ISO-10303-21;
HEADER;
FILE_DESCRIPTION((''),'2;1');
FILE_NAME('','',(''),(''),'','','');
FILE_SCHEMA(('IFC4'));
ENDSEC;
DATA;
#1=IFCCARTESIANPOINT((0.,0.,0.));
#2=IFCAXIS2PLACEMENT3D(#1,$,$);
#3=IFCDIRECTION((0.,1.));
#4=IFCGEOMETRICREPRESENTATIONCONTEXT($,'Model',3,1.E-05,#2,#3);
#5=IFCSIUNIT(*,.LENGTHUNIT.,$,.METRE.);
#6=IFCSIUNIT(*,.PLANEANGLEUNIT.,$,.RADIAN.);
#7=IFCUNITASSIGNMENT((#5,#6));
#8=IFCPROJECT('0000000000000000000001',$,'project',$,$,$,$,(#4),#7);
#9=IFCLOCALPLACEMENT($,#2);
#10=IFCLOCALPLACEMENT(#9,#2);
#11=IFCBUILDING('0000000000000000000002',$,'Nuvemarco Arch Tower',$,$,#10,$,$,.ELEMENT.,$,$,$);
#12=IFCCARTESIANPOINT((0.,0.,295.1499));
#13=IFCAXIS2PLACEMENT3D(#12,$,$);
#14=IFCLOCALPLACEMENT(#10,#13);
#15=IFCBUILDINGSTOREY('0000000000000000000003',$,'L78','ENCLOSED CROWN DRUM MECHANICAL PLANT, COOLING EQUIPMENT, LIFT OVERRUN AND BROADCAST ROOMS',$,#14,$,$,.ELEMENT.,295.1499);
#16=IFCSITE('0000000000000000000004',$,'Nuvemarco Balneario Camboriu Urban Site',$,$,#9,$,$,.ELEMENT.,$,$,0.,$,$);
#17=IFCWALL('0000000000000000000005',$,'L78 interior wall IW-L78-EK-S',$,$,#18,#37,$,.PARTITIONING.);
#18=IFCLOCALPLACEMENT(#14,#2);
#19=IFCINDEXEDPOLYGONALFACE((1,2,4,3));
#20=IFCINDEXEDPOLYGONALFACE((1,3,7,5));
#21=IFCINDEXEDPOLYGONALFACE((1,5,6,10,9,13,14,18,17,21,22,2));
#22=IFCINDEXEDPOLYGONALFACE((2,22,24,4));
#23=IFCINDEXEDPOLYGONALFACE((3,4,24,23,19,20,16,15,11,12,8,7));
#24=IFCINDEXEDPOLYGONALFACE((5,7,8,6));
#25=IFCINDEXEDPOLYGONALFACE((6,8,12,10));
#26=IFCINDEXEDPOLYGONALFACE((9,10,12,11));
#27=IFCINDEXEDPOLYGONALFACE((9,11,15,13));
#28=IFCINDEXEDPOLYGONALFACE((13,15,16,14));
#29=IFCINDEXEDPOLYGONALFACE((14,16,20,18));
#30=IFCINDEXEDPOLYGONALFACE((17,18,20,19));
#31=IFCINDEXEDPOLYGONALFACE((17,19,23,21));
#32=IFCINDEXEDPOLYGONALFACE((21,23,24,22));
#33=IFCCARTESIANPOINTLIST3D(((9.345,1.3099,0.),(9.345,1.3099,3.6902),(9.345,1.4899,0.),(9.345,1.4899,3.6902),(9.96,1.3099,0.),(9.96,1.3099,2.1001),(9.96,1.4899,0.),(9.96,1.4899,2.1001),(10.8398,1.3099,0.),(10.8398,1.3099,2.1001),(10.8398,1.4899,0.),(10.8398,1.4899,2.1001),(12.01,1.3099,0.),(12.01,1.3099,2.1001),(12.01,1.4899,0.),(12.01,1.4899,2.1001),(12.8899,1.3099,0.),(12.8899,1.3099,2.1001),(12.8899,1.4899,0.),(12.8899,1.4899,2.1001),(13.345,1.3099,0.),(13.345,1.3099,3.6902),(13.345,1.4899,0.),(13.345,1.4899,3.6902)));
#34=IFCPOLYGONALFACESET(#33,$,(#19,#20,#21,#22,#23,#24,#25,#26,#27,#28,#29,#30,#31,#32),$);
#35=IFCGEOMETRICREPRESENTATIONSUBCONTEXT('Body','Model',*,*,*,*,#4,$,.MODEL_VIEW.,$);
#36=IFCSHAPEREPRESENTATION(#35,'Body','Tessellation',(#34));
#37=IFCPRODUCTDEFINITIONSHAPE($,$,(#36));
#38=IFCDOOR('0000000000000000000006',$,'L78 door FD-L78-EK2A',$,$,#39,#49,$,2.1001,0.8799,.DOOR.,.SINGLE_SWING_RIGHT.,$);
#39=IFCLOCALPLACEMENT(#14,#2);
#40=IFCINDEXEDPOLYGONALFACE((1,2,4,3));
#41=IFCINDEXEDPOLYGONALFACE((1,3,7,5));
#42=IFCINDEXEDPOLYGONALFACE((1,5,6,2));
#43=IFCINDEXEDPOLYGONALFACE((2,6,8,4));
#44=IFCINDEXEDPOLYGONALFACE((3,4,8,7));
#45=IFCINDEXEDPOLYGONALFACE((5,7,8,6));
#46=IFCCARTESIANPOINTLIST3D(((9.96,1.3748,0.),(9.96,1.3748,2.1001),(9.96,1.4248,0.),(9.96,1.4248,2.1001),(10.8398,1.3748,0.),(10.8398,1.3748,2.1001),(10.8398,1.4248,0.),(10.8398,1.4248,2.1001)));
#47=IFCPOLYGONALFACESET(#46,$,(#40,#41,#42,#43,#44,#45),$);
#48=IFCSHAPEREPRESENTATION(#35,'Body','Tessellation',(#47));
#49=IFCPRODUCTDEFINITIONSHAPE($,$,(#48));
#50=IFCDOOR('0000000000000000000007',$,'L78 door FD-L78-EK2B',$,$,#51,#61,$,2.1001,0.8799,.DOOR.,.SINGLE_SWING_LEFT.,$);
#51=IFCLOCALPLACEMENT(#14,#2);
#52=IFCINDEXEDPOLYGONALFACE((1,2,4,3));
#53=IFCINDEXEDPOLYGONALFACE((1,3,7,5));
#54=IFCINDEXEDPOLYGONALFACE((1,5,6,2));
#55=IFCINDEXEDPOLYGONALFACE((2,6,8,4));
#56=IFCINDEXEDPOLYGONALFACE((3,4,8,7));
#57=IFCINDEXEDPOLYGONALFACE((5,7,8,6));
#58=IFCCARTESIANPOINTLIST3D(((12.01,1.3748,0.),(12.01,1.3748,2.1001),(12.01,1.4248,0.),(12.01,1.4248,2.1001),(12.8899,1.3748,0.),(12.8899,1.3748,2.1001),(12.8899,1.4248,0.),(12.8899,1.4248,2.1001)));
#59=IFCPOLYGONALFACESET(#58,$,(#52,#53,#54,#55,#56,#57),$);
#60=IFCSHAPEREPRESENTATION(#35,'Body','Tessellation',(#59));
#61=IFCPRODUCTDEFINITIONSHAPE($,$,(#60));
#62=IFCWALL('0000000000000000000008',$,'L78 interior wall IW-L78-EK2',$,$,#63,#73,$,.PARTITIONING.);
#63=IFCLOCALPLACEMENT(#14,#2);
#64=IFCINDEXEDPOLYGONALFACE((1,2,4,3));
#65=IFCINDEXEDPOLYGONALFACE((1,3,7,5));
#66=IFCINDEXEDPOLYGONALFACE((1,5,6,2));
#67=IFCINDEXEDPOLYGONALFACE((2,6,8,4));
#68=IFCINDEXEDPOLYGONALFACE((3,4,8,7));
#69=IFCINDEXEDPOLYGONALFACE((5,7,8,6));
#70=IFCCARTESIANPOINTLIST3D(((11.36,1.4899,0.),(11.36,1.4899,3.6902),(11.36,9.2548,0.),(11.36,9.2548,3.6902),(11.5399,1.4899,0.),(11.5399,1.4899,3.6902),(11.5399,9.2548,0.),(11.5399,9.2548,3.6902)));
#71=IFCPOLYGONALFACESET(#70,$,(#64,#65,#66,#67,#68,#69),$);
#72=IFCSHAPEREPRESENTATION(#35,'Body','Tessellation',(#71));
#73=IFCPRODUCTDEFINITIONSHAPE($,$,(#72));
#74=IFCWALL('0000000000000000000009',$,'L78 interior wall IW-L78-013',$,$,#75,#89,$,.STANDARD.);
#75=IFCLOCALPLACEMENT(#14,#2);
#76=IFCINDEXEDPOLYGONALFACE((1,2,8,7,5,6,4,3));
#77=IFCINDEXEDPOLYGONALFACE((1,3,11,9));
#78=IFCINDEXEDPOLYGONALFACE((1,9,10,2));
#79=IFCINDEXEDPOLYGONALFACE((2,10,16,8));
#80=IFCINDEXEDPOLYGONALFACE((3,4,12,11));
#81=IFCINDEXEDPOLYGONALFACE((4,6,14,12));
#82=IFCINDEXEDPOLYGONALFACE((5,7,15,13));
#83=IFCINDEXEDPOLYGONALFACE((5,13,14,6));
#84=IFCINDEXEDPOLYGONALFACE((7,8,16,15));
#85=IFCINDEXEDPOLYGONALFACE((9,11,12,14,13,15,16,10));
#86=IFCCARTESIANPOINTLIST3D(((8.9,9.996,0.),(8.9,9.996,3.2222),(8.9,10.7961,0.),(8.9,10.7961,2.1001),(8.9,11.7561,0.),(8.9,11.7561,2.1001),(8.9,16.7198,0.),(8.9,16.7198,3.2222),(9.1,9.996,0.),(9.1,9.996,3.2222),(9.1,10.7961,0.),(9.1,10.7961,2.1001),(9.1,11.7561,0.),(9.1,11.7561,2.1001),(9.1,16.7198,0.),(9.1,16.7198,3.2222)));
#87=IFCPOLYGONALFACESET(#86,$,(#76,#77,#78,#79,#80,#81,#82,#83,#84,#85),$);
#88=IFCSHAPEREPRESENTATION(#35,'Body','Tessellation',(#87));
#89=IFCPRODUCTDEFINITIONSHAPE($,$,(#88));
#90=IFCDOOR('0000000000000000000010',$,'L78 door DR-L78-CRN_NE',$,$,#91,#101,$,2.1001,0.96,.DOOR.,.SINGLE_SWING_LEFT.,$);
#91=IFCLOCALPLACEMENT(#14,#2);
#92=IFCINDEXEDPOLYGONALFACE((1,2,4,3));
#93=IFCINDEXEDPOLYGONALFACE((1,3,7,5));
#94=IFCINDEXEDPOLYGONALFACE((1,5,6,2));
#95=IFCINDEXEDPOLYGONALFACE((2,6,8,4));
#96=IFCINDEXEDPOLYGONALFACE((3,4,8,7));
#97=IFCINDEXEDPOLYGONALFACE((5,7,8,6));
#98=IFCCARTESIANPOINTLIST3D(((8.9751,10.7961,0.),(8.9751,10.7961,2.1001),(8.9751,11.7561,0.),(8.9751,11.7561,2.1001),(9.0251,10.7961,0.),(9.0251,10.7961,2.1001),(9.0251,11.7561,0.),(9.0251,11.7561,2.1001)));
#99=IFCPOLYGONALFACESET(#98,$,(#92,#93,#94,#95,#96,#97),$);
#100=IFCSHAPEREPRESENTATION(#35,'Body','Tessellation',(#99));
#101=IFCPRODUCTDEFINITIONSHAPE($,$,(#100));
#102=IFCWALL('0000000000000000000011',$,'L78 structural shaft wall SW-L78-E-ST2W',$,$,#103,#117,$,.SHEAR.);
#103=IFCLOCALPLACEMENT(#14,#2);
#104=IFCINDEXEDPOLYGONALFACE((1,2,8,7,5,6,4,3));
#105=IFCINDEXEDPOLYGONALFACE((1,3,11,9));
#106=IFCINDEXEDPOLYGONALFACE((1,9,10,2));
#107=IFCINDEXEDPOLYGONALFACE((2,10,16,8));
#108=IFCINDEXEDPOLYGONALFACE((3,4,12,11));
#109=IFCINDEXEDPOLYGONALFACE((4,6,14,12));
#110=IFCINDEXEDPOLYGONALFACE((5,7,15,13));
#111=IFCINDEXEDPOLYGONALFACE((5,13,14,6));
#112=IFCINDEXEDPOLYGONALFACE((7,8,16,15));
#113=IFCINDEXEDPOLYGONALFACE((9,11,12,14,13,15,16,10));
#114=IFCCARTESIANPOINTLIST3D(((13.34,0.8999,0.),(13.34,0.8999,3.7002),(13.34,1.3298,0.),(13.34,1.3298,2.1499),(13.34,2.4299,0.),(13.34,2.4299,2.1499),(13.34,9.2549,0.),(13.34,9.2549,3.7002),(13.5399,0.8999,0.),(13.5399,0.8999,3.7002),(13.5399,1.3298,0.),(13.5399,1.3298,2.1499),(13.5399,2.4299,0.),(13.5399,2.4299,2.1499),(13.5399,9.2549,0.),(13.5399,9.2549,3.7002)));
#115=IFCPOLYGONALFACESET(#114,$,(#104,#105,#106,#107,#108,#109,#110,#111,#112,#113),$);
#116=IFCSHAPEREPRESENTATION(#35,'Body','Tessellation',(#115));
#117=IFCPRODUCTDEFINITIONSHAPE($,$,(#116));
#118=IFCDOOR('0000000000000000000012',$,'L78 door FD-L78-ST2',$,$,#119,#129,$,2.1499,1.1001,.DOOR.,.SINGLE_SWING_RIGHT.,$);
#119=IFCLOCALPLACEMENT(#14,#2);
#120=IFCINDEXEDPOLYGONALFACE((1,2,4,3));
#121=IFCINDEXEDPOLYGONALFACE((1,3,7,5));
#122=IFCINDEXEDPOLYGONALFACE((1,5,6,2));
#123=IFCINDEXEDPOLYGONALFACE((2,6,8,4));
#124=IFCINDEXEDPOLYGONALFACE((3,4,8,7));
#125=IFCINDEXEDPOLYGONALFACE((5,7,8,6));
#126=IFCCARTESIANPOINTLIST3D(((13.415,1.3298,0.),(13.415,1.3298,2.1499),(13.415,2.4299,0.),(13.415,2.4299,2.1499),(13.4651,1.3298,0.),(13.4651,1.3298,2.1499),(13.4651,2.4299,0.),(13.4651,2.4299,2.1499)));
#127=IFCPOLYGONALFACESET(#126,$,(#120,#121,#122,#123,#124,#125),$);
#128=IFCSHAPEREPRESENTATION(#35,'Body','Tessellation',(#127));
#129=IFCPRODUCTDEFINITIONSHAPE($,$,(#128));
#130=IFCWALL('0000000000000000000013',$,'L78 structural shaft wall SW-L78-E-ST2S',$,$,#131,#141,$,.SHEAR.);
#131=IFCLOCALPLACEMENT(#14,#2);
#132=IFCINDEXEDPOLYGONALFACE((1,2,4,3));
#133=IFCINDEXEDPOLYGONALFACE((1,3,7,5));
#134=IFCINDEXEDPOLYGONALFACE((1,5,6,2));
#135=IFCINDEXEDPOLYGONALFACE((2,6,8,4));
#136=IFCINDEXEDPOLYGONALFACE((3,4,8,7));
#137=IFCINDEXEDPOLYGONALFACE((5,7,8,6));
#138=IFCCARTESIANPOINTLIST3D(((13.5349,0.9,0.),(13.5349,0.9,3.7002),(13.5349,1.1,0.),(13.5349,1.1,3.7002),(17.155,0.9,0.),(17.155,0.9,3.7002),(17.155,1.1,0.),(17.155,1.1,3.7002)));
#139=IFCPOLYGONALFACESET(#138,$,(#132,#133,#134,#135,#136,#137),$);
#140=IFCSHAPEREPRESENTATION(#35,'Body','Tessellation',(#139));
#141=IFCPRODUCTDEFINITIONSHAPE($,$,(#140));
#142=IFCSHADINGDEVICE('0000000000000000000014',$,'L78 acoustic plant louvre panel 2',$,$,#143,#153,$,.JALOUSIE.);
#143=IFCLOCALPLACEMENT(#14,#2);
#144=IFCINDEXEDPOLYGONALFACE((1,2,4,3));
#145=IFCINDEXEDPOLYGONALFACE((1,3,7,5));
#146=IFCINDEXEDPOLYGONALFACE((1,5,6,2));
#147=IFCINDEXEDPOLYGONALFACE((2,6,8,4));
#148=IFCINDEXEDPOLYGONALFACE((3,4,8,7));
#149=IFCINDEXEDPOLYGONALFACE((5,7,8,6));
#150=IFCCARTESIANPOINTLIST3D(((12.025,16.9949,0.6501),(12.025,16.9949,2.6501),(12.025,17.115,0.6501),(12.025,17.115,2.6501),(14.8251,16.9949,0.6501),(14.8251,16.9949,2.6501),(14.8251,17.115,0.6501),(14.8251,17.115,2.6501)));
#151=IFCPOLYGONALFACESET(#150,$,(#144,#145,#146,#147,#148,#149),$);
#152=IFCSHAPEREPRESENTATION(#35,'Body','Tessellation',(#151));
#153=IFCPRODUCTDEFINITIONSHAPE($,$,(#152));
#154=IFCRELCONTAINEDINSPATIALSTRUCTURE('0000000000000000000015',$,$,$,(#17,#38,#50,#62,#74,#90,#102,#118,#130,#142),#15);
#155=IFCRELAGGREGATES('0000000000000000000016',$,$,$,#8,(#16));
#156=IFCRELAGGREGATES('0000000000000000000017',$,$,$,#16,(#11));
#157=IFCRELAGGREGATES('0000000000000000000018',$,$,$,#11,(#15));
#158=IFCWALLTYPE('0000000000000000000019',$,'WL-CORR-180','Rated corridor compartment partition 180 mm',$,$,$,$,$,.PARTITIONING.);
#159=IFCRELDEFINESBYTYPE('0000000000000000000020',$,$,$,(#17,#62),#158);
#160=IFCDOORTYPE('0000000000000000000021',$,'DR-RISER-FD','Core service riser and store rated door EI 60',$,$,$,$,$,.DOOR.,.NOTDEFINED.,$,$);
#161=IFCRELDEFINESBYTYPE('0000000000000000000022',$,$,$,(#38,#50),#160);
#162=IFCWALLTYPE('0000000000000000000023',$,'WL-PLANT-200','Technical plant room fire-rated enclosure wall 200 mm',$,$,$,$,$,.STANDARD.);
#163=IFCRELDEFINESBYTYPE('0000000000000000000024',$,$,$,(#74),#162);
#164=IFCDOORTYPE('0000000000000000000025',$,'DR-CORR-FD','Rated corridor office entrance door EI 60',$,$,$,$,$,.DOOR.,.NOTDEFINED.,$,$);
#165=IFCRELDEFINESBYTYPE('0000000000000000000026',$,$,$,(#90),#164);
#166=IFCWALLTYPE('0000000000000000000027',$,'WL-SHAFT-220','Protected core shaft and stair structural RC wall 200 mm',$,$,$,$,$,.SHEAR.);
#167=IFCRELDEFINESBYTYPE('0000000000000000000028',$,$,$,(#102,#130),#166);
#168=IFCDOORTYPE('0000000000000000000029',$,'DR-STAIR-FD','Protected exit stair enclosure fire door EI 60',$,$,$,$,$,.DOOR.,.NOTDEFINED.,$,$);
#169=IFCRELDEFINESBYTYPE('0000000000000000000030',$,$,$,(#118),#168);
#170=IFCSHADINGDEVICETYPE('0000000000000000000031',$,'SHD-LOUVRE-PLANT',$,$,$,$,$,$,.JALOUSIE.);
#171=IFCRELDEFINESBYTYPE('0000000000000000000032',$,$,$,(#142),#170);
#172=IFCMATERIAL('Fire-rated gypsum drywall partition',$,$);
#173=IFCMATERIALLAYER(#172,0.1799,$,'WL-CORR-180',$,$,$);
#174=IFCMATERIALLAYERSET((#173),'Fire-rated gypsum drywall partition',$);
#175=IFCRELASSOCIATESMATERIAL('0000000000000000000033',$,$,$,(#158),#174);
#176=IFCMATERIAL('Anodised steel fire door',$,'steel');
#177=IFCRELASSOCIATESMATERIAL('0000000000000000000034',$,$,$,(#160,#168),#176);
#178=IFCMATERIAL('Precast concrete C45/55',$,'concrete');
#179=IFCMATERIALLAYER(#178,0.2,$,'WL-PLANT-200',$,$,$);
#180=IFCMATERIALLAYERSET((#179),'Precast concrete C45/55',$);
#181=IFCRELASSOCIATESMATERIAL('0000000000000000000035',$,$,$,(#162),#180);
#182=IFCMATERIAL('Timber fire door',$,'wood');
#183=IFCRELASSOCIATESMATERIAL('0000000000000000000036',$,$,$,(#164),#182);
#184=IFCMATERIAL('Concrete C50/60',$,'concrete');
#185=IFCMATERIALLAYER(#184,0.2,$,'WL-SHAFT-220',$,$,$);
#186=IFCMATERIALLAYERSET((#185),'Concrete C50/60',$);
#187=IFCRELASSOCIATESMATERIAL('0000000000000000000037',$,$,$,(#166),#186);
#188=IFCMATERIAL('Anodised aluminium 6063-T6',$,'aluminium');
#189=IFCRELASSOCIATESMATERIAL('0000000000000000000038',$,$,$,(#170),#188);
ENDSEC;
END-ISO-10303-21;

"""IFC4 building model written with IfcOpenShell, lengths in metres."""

from ifc_helpers import new_model, si_unit, direction, frame, frame_2d, origin, origin_2d, place, context, subcontext, project, spatial, rectangle, extrude, source, transform, mapped, material, layer, layer_set, type_object, type_shapes, element, fill, save


model = new_model("IFC4")

# Units and contexts
model_context = context("Model", 3, precision=1e-05, world=origin(), true_north=direction((0.0, 1.0)))
body_context = subcontext(model_context, "Body", "Model", "MODEL_VIEW")
ifc_project = project(units=[si_unit("LENGTHUNIT", "METRE"), si_unit("PLANEANGLEUNIT", "RADIAN")], contexts=[model_context])

# Site, building, storey
site_placement = place(None, origin())
site = spatial("IfcSite", under=ifc_project, at=site_placement, Name="Nuvemarco Balneario Camboriu Urban Site", CompositionType="ELEMENT", RefElevation=0.0)
building_placement = place(site_placement, origin())
building = spatial("IfcBuilding", under=site, at=building_placement, Name="Nuvemarco Arch Tower", CompositionType="ELEMENT")
storey_placement = place(building_placement, frame((0.0, 0.0, 295.1499)))
storey = spatial("IfcBuildingStorey", under=building, at=storey_placement, Name="L78", Description="ENCLOSED CROWN DRUM MECHANICAL PLANT, COOLING EQUIPMENT, LIFT OVERRUN AND BROADCAST ROOMS", CompositionType="ELEMENT", Elevation=295.1499)

# Shared definitions
ifc_material_1 = material(Name="Concrete C50/60", Category="concrete")

# Wall, openings, doors
ifc_material_2 = material(Name="Fire-rated gypsum drywall partition")
ifc_layer_1 = layer(ifc_material_2, 0.1799, Name="WL-CORR-180")
ifc_layer_set_1 = layer_set([ifc_layer_1], Name="Fire-rated gypsum drywall partition")
wall_type_1 = type_object("IfcWallType", Name="WL-CORR-180", Description="Rated corridor compartment partition 180 mm", PredefinedType="PARTITIONING", material=ifc_layer_set_1)
wall_1_placement = place(storey_placement, frame((9.345, 1.3999, 0.0), z_axis=(0.0, 0.0, 1.0), x_axis=(1.0, 0.0, 0.0)))
wall_1 = element("IfcWall", 1, at=wall_1_placement, inside=storey, type_object=wall_type_1, Name="L78 interior wall IW-L78-EK-S", PredefinedType="PARTITIONING", context=body_context, shape_type="SweptSolid", body=[
    extrude(rectangle(XDim=4.0, YDim=0.1799, at=frame_2d((2.0, 0.0))), origin(), (0.0, 0.0, 1.0), 3.6902),
])
opening_1_placement = place(wall_1_placement, frame((0.615, 0.0, 0.0)))
opening_1 = element("IfcOpeningElement", 2, at=opening_1_placement, cuts=wall_1, PredefinedType="OPENING", context=body_context, shape_type="SweptSolid", body=[
    extrude(rectangle(XDim=0.8799, YDim=2.1001, at=frame_2d((0.4399, 1.05))), frame((0.0, 0.0999, 0.0), z_axis=(0.0, -1.0, 0.0), x_axis=(1.0, 0.0, 0.0)), (0.0, 0.0, 1.0), 0.2),
])
opening_2_placement = place(wall_1_placement, frame((2.665, 0.0, 0.0)))
opening_2 = element("IfcOpeningElement", 3, at=opening_2_placement, cuts=wall_1, PredefinedType="OPENING", context=body_context, shape_type="SweptSolid", body=[
    extrude(rectangle(XDim=0.8799, YDim=2.1001, at=frame_2d((0.4399, 1.05))), frame((0.0, 0.0999, 0.0), z_axis=(0.0, -1.0, 0.0), x_axis=(1.0, 0.0, 0.0)), (0.0, 0.0, 1.0), 0.2),
])
ifc_material_3 = material(Name="Anodised steel fire door", Category="steel")
door_type_1 = type_object("IfcDoorType", Name="DR-RISER-FD", Description="Core service riser and store rated door EI 60", OperationType="NOTDEFINED", PredefinedType="DOOR", material=ifc_material_3)
shared_shape_1 = source(origin(), body_context, "Body", "SweptSolid", [
    extrude(rectangle(XDim=0.8799, YDim=2.1001, at=frame_2d((0.4399, 1.05))), frame((0.0, 0.0249, 0.0), z_axis=(0.0, -1.0, 0.0), x_axis=(1.0, 0.0, 0.0)), (0.0, 0.0, 1.0), 0.05),
])
type_shapes(door_type_1, [shared_shape_1])
door_1_placement = place(opening_1_placement, origin())
door_1 = element("IfcDoor", 4, at=door_1_placement, inside=storey, type_object=door_type_1, Name="L78 door FD-L78-EK2A", OperationType="SINGLE_SWING_RIGHT", OverallHeight=2.1001, OverallWidth=0.8799, PredefinedType="DOOR", context=body_context, shape_type="MappedRepresentation", body=[
    mapped(shared_shape_1, transform((0.0, 0.0, 0.0), scale=1.0)),
])
fill(opening_1, door_1)
door_2_placement = place(opening_2_placement, origin())
door_2 = element("IfcDoor", 5, at=door_2_placement, inside=storey, type_object=door_type_1, Name="L78 door FD-L78-EK2B", OperationType="SINGLE_SWING_LEFT", OverallHeight=2.1001, OverallWidth=0.8799, PredefinedType="DOOR", context=body_context, shape_type="MappedRepresentation", body=[
    mapped(shared_shape_1, transform((0.0, 0.0, 0.0), scale=1.0)),
])
fill(opening_2, door_2)

# Wall
wall_2_placement = place(storey_placement, frame((11.45, 1.49, 0.0), z_axis=(0.0, 0.0, 1.0), x_axis=(0.0, 1.0, 0.0)))
element("IfcWall", 6, at=wall_2_placement, inside=storey, type_object=wall_type_1, Name="L78 interior wall IW-L78-EK2", PredefinedType="PARTITIONING", context=body_context, shape_type="SweptSolid", body=[
    extrude(rectangle(XDim=7.7649, YDim=0.1799, at=frame_2d((3.8823, 0.0))), origin(), (0.0, 0.0, 1.0), 3.6902),
])

# Walls, openings, doors
ifc_material_4 = material(Name="Precast concrete C45/55", Category="concrete")
ifc_layer_2 = layer(ifc_material_4, 0.2, Name="WL-PLANT-200")
ifc_layer_set_2 = layer_set([ifc_layer_2], Name="Precast concrete C45/55")
wall_type_2 = type_object("IfcWallType", Name="WL-PLANT-200", Description="Technical plant room fire-rated enclosure wall 200 mm", PredefinedType="STANDARD", material=ifc_layer_set_2)
wall_3_placement = place(storey_placement, frame((9.0, 9.9961, 0.0), z_axis=(0.0, 0.0, 1.0), x_axis=(0.0, 1.0, 0.0)))
wall_3 = element("IfcWall", 7, at=wall_3_placement, inside=storey, type_object=wall_type_2, Name="L78 interior wall IW-L78-013", PredefinedType="STANDARD", context=body_context, shape_type="SweptSolid", body=[
    extrude(rectangle(XDim=6.7239, YDim=0.2, at=frame_2d((3.3618, 0.0))), origin(), (0.0, 0.0, 1.0), 3.2222),
])
opening_3_placement = place(wall_3_placement, frame((0.8, 0.0, 0.0)))
opening_3 = element("IfcOpeningElement", 8, at=opening_3_placement, cuts=wall_3, PredefinedType="OPENING", context=body_context, shape_type="SweptSolid", body=[
    extrude(rectangle(XDim=0.96, YDim=2.1001, at=frame_2d((0.48, 1.05))), frame((0.0, 0.1099, 0.0), z_axis=(0.0, -1.0, 0.0), x_axis=(1.0, 0.0, 0.0)), (0.0, 0.0, 1.0), 0.22),
])
ifc_material_5 = material(Name="Timber fire door", Category="wood")
door_type_2 = type_object("IfcDoorType", Name="DR-CORR-FD", Description="Rated corridor office entrance door EI 60", OperationType="NOTDEFINED", PredefinedType="DOOR", material=ifc_material_5)
shared_shape_2 = source(origin(), body_context, "Body", "SweptSolid", [
    extrude(rectangle(XDim=0.96, YDim=2.1001, at=frame_2d((0.48, 1.05))), frame((0.0, 0.0249, 0.0), z_axis=(0.0, -1.0, 0.0), x_axis=(1.0, 0.0, 0.0)), (0.0, 0.0, 1.0), 0.05),
])
type_shapes(door_type_2, [shared_shape_2])
door_3_placement = place(opening_3_placement, origin())
door_3 = element("IfcDoor", 9, at=door_3_placement, inside=storey, type_object=door_type_2, Name="L78 door DR-L78-CRN_NE", OperationType="SINGLE_SWING_LEFT", OverallHeight=2.1001, OverallWidth=0.96, PredefinedType="DOOR", context=body_context, shape_type="MappedRepresentation", body=[
    mapped(shared_shape_2, transform((0.0, 0.0, 0.0), scale=1.0)),
])
fill(opening_3, door_3)
ifc_layer_3 = layer(ifc_material_1, 0.2, Name="WL-SHAFT-220")
ifc_layer_set_3 = layer_set([ifc_layer_3], Name="Concrete C50/60")
wall_type_3 = type_object("IfcWallType", Name="WL-SHAFT-220", Description="Protected core shaft and stair structural RC wall 200 mm", PredefinedType="SHEAR", material=ifc_layer_set_3)
wall_4_placement = place(storey_placement, frame((13.4399, 0.8999, 0.0), z_axis=(0.0, 0.0, 1.0), x_axis=(0.0, 1.0, 0.0)))
wall_4 = element("IfcWall", 10, at=wall_4_placement, inside=storey, type_object=wall_type_3, Name="L78 structural shaft wall SW-L78-E-ST2W", PredefinedType="SHEAR", context=body_context, shape_type="SweptSolid", body=[
    extrude(rectangle(XDim=8.355, YDim=0.2, at=frame_2d((4.1775, 0.0))), origin(), (0.0, 0.0, 1.0), 3.7002),
])
opening_4_placement = place(wall_4_placement, frame((0.4299, 0.0, 0.0)))
opening_4 = element("IfcOpeningElement", 11, at=opening_4_placement, cuts=wall_4, PredefinedType="OPENING", context=body_context, shape_type="SweptSolid", body=[
    extrude(rectangle(XDim=1.1001, YDim=2.1499, at=frame_2d((0.55, 1.075))), frame((0.0, 0.1099, 0.0), z_axis=(0.0, -1.0, 0.0), x_axis=(1.0, 0.0, 0.0)), (0.0, 0.0, 1.0), 0.22),
])
door_type_3 = type_object("IfcDoorType", Name="DR-STAIR-FD", Description="Protected exit stair enclosure fire door EI 60", OperationType="NOTDEFINED", PredefinedType="DOOR", material=ifc_material_3)
shared_shape_3 = source(origin(), body_context, "Body", "SweptSolid", [
    extrude(rectangle(XDim=1.1001, YDim=2.1499, at=frame_2d((0.55, 1.075))), frame((0.0, 0.0249, 0.0), z_axis=(0.0, -1.0, 0.0), x_axis=(1.0, 0.0, 0.0)), (0.0, 0.0, 1.0), 0.05),
])
type_shapes(door_type_3, [shared_shape_3])
door_4_placement = place(opening_4_placement, origin())
door_4 = element("IfcDoor", 12, at=door_4_placement, inside=storey, type_object=door_type_3, Name="L78 door FD-L78-ST2", OperationType="SINGLE_SWING_RIGHT", OverallHeight=2.1499, OverallWidth=1.1001, PredefinedType="DOOR", context=body_context, shape_type="MappedRepresentation", body=[
    mapped(shared_shape_3, transform((0.0, 0.0, 0.0), scale=1.0)),
])
fill(opening_4, door_4)

# Wall
wall_5_placement = place(storey_placement, frame((13.5349, 1.0, 0.0), z_axis=(0.0, 0.0, 1.0), x_axis=(1.0, 0.0, 0.0)))
element("IfcWall", 13, at=wall_5_placement, inside=storey, type_object=wall_type_3, Name="L78 structural shaft wall SW-L78-E-ST2S", PredefinedType="SHEAR", context=body_context, shape_type="SweptSolid", body=[
    extrude(rectangle(XDim=3.6201, YDim=0.2, at=frame_2d((1.8101, 0.0))), origin(), (0.0, 0.0, 1.0), 3.7002),
])

# Shading device
ifc_material_6 = material(Name="Anodised aluminium 6063-T6", Category="aluminium")
shading_device_type = type_object("IfcShadingDeviceType", Name="SHD-LOUVRE-PLANT", PredefinedType="JALOUSIE", material=ifc_material_6)
shared_shape_4 = source(origin(), body_context, "Body", "SweptSolid", [
    extrude(rectangle(XDim=2.8, YDim=0.1201, at=origin_2d()), origin(), (0.0, 0.0, 1.0), 2.0),
])
type_shapes(shading_device_type, [shared_shape_4])
shading_device_placement = place(storey_placement, frame((13.425, 17.0549, 0.6501), z_axis=(0.0, 0.0, 1.0), x_axis=(1.0, 0.0, 0.0)))
element("IfcShadingDevice", 14, at=shading_device_placement, inside=storey, type_object=shading_device_type, Name="L78 acoustic plant louvre panel 2", PredefinedType="JALOUSIE", context=body_context, shape_type="MappedRepresentation", body=[
    mapped(shared_shape_4, transform((0.0, 0.0, 0.0), scale=1.0)),
])

save(model, "model.ifc")
